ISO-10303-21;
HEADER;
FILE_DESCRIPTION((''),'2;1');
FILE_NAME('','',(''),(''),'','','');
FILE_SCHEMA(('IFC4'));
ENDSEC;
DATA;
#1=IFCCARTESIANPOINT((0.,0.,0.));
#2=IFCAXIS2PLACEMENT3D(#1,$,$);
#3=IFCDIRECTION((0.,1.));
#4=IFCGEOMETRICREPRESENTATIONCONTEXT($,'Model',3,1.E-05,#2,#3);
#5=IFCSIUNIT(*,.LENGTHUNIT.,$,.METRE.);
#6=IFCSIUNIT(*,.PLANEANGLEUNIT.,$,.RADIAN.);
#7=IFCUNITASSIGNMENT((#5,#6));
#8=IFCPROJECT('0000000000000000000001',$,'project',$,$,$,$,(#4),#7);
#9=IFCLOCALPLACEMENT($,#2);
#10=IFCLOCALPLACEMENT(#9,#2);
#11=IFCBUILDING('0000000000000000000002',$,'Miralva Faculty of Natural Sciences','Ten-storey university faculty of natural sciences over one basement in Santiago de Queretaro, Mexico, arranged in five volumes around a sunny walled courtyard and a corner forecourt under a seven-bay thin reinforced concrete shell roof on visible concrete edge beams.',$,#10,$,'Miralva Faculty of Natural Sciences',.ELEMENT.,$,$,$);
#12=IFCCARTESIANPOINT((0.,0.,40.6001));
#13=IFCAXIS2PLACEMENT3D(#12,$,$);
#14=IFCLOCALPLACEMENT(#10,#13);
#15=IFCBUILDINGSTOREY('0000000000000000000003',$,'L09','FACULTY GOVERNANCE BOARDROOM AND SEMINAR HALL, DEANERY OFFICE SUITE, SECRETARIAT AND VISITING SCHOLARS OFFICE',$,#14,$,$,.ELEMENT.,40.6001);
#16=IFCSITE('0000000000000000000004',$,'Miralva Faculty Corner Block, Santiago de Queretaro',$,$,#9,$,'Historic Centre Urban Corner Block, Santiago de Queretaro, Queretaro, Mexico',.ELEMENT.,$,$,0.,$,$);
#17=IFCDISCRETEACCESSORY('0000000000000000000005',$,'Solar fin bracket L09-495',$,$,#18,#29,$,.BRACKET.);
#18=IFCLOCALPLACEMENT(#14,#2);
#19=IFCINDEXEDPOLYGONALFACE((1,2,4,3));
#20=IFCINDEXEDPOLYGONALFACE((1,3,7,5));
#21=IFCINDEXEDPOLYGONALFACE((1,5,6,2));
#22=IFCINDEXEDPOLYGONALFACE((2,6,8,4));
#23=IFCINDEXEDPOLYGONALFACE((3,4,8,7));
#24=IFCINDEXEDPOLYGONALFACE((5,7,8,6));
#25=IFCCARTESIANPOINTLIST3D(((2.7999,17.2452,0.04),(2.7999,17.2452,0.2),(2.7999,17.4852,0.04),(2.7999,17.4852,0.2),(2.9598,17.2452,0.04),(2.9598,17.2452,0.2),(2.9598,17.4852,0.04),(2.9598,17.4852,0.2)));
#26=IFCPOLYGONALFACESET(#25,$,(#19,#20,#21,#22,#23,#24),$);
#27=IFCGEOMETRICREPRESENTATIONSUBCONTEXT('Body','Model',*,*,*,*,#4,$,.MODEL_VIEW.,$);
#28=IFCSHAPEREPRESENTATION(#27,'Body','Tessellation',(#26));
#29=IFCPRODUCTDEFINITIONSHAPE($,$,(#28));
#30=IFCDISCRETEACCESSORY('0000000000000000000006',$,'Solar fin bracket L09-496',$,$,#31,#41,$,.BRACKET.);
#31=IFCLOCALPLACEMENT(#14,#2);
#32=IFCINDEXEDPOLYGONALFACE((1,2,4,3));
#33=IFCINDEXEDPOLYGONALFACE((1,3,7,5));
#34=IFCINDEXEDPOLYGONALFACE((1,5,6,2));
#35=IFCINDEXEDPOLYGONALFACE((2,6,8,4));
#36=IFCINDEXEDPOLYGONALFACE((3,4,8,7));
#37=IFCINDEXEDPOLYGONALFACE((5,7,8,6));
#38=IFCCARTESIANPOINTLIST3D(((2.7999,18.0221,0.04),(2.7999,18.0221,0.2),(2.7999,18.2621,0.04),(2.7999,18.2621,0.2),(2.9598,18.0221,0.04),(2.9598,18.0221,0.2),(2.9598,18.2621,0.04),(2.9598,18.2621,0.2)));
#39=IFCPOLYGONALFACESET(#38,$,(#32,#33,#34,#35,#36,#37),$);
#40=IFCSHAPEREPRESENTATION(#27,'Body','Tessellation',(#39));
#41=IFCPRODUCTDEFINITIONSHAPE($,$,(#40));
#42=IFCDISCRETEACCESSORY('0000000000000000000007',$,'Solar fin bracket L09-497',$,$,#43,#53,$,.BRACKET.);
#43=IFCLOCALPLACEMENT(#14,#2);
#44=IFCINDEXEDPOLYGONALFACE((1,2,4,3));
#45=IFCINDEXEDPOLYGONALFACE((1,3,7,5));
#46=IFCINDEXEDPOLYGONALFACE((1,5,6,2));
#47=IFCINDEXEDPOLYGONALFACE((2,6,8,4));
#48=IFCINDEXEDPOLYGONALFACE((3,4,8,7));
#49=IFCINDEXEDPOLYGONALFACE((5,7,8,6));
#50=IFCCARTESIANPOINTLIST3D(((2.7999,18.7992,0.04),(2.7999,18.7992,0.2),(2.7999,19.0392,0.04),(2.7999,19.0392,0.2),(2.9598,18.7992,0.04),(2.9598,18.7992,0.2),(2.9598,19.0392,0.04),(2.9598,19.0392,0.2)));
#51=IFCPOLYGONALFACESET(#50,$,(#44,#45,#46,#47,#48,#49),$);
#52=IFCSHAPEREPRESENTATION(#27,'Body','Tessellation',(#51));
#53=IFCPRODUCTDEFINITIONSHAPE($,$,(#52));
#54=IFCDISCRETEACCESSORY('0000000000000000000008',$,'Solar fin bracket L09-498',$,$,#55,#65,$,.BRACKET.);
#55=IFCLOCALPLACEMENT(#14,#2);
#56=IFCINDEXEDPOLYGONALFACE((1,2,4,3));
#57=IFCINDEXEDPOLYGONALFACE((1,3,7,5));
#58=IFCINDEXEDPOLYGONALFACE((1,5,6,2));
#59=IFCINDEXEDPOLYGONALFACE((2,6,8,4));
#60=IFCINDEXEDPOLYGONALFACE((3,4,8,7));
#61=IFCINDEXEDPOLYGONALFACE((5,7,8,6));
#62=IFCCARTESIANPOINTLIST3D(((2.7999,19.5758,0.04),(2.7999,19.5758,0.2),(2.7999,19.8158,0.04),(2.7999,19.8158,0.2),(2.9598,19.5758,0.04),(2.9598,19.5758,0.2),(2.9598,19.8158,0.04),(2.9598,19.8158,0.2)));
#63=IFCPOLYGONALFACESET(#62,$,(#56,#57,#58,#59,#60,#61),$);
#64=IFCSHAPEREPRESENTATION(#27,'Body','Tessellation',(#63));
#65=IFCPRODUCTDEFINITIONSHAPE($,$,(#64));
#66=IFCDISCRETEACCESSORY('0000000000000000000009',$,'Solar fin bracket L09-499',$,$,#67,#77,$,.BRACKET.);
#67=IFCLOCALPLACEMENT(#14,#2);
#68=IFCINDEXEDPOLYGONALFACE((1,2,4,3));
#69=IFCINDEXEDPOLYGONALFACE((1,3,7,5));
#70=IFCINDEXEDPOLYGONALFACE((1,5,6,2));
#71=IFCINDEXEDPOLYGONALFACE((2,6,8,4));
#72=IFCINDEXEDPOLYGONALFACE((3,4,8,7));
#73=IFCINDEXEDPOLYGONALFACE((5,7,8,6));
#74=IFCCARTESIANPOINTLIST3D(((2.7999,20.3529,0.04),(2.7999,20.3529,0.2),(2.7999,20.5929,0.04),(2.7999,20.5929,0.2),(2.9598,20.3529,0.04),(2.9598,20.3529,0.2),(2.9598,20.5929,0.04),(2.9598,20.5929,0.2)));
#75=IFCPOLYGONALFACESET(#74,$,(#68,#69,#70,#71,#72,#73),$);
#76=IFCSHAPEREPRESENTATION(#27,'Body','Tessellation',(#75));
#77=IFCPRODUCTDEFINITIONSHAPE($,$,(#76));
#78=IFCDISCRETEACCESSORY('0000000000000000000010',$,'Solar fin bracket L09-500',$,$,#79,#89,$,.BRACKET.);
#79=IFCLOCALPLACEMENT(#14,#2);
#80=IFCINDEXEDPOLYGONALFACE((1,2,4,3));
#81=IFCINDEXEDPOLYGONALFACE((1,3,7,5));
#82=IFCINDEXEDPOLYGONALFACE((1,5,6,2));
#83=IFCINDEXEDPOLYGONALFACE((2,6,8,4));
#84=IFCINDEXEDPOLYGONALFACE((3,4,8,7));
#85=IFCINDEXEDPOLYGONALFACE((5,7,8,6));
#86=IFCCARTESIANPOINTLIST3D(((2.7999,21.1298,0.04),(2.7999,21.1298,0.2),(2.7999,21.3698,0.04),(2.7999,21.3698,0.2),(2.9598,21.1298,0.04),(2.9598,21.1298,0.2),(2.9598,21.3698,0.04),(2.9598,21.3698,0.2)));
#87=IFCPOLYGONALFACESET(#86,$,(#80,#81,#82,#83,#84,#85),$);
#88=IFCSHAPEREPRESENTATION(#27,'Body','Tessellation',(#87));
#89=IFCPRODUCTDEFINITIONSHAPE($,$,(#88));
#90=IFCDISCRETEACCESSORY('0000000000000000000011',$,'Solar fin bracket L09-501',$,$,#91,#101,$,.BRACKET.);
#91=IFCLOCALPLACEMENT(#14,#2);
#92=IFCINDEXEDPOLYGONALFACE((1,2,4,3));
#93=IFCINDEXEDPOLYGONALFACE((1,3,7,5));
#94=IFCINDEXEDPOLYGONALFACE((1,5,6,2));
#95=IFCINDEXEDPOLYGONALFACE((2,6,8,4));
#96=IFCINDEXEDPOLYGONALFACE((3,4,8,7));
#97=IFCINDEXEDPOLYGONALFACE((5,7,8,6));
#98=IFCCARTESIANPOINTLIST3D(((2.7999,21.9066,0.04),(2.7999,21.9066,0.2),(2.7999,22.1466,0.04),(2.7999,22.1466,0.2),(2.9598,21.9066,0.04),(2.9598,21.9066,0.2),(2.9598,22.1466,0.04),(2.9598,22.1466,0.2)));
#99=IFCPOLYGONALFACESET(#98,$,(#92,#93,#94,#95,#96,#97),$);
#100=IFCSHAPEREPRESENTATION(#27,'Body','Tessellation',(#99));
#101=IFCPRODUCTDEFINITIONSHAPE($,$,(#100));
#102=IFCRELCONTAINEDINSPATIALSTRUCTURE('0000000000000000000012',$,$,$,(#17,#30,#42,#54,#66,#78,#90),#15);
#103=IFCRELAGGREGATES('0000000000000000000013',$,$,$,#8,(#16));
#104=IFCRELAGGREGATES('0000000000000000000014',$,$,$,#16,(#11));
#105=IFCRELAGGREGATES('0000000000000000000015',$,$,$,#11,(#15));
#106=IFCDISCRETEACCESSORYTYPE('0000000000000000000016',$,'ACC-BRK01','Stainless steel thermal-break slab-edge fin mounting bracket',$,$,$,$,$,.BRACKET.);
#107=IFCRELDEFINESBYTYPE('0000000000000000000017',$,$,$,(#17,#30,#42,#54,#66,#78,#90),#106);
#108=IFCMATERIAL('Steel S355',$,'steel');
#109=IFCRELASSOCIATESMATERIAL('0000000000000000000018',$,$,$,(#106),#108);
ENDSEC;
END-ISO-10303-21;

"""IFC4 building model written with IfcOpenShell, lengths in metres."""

from ifc_helpers import new_model, si_unit, direction, frame, origin, origin_2d, place, context, subcontext, project, spatial, rectangle, extrude, material, type_object, element, save


model = new_model("IFC4")

# Units and contexts
model_context = context("Model", 3, precision=1e-05, world=origin(), true_north=direction((0.0, 1.0)))
body_context = subcontext(model_context, "Body", "Model", "MODEL_VIEW")
ifc_project = project(units=[si_unit("LENGTHUNIT", "METRE"), si_unit("PLANEANGLEUNIT", "RADIAN")], contexts=[model_context])

# Site, building, storey
site_placement = place(None, origin())
site = spatial("IfcSite", under=ifc_project, at=site_placement, Name="Miralva Faculty Corner Block, Santiago de Queretaro", LongName="Historic Centre Urban Corner Block, Santiago de Queretaro, Queretaro, Mexico", CompositionType="ELEMENT", RefElevation=0.0)
building_placement = place(site_placement, origin())
building = spatial("IfcBuilding", under=site, at=building_placement, Name="Miralva Faculty of Natural Sciences", Description="Ten-storey university faculty of natural sciences over one basement in Santiago de Queretaro, Mexico, arranged in five volumes around a sunny walled courtyard and a corner forecourt under a seven-bay thin reinforced concrete shell roof on visible concrete edge beams.", LongName="Miralva Faculty of Natural Sciences", CompositionType="ELEMENT")
storey_placement = place(building_placement, frame((0.0, 0.0, 40.6001)))
storey = spatial("IfcBuildingStorey", under=building, at=storey_placement, Name="L09", Description="FACULTY GOVERNANCE BOARDROOM AND SEMINAR HALL, DEANERY OFFICE SUITE, SECRETARIAT AND VISITING SCHOLARS OFFICE", CompositionType="ELEMENT", Elevation=40.6001)

# Discrete accessories
ifc_material_1 = material(Name="Steel S355", Category="steel")
discrete_accessory_type = type_object("IfcDiscreteAccessoryType", Name="ACC-BRK01", Description="Stainless steel thermal-break slab-edge fin mounting bracket", PredefinedType="BRACKET", material=ifc_material_1)
for number, where, z_axis, x_axis, name in (
    (1, (2.8799, 17.3652, 0.04), (0.0, 0.0, 1.0), (-1.0, 0.0, 0.0), "Solar fin bracket L09-495"),
    (2, (2.8799, 18.1421, 0.04), (0.0, 0.0, 1.0), (-1.0, 0.0, 0.0), "Solar fin bracket L09-496"),
    (3, (2.8799, 18.9192, 0.04), (0.0, 0.0, 1.0), (-1.0, 0.0, 0.0), "Solar fin bracket L09-497"),
    (4, (2.8799, 19.6958, 0.04), (0.0, 0.0, 1.0), (-1.0, 0.0, 0.0), "Solar fin bracket L09-498"),
    (5, (2.8799, 20.4729, 0.04), (0.0, 0.0, 1.0), (-1.0, 0.0, 0.0), "Solar fin bracket L09-499"),
    (6, (2.8799, 21.2498, 0.04), (0.0, 0.0, 1.0), (-1.0, 0.0, 0.0), "Solar fin bracket L09-500"),
    (7, (2.8799, 22.0266, 0.04), (0.0, 0.0, 1.0), (-1.0, 0.0, 0.0), "Solar fin bracket L09-501"),
):
    element("IfcDiscreteAccessory", number, at=place(storey_placement, frame(where, z_axis=z_axis, x_axis=x_axis)), inside=storey, type_object=discrete_accessory_type, Name=name, PredefinedType="BRACKET", context=body_context, shape_type="SweptSolid", body=[
        extrude(rectangle(XDim=0.1599, YDim=0.24, at=origin_2d()), origin(), (0.0, 0.0, 1.0), 0.1599),
    ])

save(model, "model.ifc")
